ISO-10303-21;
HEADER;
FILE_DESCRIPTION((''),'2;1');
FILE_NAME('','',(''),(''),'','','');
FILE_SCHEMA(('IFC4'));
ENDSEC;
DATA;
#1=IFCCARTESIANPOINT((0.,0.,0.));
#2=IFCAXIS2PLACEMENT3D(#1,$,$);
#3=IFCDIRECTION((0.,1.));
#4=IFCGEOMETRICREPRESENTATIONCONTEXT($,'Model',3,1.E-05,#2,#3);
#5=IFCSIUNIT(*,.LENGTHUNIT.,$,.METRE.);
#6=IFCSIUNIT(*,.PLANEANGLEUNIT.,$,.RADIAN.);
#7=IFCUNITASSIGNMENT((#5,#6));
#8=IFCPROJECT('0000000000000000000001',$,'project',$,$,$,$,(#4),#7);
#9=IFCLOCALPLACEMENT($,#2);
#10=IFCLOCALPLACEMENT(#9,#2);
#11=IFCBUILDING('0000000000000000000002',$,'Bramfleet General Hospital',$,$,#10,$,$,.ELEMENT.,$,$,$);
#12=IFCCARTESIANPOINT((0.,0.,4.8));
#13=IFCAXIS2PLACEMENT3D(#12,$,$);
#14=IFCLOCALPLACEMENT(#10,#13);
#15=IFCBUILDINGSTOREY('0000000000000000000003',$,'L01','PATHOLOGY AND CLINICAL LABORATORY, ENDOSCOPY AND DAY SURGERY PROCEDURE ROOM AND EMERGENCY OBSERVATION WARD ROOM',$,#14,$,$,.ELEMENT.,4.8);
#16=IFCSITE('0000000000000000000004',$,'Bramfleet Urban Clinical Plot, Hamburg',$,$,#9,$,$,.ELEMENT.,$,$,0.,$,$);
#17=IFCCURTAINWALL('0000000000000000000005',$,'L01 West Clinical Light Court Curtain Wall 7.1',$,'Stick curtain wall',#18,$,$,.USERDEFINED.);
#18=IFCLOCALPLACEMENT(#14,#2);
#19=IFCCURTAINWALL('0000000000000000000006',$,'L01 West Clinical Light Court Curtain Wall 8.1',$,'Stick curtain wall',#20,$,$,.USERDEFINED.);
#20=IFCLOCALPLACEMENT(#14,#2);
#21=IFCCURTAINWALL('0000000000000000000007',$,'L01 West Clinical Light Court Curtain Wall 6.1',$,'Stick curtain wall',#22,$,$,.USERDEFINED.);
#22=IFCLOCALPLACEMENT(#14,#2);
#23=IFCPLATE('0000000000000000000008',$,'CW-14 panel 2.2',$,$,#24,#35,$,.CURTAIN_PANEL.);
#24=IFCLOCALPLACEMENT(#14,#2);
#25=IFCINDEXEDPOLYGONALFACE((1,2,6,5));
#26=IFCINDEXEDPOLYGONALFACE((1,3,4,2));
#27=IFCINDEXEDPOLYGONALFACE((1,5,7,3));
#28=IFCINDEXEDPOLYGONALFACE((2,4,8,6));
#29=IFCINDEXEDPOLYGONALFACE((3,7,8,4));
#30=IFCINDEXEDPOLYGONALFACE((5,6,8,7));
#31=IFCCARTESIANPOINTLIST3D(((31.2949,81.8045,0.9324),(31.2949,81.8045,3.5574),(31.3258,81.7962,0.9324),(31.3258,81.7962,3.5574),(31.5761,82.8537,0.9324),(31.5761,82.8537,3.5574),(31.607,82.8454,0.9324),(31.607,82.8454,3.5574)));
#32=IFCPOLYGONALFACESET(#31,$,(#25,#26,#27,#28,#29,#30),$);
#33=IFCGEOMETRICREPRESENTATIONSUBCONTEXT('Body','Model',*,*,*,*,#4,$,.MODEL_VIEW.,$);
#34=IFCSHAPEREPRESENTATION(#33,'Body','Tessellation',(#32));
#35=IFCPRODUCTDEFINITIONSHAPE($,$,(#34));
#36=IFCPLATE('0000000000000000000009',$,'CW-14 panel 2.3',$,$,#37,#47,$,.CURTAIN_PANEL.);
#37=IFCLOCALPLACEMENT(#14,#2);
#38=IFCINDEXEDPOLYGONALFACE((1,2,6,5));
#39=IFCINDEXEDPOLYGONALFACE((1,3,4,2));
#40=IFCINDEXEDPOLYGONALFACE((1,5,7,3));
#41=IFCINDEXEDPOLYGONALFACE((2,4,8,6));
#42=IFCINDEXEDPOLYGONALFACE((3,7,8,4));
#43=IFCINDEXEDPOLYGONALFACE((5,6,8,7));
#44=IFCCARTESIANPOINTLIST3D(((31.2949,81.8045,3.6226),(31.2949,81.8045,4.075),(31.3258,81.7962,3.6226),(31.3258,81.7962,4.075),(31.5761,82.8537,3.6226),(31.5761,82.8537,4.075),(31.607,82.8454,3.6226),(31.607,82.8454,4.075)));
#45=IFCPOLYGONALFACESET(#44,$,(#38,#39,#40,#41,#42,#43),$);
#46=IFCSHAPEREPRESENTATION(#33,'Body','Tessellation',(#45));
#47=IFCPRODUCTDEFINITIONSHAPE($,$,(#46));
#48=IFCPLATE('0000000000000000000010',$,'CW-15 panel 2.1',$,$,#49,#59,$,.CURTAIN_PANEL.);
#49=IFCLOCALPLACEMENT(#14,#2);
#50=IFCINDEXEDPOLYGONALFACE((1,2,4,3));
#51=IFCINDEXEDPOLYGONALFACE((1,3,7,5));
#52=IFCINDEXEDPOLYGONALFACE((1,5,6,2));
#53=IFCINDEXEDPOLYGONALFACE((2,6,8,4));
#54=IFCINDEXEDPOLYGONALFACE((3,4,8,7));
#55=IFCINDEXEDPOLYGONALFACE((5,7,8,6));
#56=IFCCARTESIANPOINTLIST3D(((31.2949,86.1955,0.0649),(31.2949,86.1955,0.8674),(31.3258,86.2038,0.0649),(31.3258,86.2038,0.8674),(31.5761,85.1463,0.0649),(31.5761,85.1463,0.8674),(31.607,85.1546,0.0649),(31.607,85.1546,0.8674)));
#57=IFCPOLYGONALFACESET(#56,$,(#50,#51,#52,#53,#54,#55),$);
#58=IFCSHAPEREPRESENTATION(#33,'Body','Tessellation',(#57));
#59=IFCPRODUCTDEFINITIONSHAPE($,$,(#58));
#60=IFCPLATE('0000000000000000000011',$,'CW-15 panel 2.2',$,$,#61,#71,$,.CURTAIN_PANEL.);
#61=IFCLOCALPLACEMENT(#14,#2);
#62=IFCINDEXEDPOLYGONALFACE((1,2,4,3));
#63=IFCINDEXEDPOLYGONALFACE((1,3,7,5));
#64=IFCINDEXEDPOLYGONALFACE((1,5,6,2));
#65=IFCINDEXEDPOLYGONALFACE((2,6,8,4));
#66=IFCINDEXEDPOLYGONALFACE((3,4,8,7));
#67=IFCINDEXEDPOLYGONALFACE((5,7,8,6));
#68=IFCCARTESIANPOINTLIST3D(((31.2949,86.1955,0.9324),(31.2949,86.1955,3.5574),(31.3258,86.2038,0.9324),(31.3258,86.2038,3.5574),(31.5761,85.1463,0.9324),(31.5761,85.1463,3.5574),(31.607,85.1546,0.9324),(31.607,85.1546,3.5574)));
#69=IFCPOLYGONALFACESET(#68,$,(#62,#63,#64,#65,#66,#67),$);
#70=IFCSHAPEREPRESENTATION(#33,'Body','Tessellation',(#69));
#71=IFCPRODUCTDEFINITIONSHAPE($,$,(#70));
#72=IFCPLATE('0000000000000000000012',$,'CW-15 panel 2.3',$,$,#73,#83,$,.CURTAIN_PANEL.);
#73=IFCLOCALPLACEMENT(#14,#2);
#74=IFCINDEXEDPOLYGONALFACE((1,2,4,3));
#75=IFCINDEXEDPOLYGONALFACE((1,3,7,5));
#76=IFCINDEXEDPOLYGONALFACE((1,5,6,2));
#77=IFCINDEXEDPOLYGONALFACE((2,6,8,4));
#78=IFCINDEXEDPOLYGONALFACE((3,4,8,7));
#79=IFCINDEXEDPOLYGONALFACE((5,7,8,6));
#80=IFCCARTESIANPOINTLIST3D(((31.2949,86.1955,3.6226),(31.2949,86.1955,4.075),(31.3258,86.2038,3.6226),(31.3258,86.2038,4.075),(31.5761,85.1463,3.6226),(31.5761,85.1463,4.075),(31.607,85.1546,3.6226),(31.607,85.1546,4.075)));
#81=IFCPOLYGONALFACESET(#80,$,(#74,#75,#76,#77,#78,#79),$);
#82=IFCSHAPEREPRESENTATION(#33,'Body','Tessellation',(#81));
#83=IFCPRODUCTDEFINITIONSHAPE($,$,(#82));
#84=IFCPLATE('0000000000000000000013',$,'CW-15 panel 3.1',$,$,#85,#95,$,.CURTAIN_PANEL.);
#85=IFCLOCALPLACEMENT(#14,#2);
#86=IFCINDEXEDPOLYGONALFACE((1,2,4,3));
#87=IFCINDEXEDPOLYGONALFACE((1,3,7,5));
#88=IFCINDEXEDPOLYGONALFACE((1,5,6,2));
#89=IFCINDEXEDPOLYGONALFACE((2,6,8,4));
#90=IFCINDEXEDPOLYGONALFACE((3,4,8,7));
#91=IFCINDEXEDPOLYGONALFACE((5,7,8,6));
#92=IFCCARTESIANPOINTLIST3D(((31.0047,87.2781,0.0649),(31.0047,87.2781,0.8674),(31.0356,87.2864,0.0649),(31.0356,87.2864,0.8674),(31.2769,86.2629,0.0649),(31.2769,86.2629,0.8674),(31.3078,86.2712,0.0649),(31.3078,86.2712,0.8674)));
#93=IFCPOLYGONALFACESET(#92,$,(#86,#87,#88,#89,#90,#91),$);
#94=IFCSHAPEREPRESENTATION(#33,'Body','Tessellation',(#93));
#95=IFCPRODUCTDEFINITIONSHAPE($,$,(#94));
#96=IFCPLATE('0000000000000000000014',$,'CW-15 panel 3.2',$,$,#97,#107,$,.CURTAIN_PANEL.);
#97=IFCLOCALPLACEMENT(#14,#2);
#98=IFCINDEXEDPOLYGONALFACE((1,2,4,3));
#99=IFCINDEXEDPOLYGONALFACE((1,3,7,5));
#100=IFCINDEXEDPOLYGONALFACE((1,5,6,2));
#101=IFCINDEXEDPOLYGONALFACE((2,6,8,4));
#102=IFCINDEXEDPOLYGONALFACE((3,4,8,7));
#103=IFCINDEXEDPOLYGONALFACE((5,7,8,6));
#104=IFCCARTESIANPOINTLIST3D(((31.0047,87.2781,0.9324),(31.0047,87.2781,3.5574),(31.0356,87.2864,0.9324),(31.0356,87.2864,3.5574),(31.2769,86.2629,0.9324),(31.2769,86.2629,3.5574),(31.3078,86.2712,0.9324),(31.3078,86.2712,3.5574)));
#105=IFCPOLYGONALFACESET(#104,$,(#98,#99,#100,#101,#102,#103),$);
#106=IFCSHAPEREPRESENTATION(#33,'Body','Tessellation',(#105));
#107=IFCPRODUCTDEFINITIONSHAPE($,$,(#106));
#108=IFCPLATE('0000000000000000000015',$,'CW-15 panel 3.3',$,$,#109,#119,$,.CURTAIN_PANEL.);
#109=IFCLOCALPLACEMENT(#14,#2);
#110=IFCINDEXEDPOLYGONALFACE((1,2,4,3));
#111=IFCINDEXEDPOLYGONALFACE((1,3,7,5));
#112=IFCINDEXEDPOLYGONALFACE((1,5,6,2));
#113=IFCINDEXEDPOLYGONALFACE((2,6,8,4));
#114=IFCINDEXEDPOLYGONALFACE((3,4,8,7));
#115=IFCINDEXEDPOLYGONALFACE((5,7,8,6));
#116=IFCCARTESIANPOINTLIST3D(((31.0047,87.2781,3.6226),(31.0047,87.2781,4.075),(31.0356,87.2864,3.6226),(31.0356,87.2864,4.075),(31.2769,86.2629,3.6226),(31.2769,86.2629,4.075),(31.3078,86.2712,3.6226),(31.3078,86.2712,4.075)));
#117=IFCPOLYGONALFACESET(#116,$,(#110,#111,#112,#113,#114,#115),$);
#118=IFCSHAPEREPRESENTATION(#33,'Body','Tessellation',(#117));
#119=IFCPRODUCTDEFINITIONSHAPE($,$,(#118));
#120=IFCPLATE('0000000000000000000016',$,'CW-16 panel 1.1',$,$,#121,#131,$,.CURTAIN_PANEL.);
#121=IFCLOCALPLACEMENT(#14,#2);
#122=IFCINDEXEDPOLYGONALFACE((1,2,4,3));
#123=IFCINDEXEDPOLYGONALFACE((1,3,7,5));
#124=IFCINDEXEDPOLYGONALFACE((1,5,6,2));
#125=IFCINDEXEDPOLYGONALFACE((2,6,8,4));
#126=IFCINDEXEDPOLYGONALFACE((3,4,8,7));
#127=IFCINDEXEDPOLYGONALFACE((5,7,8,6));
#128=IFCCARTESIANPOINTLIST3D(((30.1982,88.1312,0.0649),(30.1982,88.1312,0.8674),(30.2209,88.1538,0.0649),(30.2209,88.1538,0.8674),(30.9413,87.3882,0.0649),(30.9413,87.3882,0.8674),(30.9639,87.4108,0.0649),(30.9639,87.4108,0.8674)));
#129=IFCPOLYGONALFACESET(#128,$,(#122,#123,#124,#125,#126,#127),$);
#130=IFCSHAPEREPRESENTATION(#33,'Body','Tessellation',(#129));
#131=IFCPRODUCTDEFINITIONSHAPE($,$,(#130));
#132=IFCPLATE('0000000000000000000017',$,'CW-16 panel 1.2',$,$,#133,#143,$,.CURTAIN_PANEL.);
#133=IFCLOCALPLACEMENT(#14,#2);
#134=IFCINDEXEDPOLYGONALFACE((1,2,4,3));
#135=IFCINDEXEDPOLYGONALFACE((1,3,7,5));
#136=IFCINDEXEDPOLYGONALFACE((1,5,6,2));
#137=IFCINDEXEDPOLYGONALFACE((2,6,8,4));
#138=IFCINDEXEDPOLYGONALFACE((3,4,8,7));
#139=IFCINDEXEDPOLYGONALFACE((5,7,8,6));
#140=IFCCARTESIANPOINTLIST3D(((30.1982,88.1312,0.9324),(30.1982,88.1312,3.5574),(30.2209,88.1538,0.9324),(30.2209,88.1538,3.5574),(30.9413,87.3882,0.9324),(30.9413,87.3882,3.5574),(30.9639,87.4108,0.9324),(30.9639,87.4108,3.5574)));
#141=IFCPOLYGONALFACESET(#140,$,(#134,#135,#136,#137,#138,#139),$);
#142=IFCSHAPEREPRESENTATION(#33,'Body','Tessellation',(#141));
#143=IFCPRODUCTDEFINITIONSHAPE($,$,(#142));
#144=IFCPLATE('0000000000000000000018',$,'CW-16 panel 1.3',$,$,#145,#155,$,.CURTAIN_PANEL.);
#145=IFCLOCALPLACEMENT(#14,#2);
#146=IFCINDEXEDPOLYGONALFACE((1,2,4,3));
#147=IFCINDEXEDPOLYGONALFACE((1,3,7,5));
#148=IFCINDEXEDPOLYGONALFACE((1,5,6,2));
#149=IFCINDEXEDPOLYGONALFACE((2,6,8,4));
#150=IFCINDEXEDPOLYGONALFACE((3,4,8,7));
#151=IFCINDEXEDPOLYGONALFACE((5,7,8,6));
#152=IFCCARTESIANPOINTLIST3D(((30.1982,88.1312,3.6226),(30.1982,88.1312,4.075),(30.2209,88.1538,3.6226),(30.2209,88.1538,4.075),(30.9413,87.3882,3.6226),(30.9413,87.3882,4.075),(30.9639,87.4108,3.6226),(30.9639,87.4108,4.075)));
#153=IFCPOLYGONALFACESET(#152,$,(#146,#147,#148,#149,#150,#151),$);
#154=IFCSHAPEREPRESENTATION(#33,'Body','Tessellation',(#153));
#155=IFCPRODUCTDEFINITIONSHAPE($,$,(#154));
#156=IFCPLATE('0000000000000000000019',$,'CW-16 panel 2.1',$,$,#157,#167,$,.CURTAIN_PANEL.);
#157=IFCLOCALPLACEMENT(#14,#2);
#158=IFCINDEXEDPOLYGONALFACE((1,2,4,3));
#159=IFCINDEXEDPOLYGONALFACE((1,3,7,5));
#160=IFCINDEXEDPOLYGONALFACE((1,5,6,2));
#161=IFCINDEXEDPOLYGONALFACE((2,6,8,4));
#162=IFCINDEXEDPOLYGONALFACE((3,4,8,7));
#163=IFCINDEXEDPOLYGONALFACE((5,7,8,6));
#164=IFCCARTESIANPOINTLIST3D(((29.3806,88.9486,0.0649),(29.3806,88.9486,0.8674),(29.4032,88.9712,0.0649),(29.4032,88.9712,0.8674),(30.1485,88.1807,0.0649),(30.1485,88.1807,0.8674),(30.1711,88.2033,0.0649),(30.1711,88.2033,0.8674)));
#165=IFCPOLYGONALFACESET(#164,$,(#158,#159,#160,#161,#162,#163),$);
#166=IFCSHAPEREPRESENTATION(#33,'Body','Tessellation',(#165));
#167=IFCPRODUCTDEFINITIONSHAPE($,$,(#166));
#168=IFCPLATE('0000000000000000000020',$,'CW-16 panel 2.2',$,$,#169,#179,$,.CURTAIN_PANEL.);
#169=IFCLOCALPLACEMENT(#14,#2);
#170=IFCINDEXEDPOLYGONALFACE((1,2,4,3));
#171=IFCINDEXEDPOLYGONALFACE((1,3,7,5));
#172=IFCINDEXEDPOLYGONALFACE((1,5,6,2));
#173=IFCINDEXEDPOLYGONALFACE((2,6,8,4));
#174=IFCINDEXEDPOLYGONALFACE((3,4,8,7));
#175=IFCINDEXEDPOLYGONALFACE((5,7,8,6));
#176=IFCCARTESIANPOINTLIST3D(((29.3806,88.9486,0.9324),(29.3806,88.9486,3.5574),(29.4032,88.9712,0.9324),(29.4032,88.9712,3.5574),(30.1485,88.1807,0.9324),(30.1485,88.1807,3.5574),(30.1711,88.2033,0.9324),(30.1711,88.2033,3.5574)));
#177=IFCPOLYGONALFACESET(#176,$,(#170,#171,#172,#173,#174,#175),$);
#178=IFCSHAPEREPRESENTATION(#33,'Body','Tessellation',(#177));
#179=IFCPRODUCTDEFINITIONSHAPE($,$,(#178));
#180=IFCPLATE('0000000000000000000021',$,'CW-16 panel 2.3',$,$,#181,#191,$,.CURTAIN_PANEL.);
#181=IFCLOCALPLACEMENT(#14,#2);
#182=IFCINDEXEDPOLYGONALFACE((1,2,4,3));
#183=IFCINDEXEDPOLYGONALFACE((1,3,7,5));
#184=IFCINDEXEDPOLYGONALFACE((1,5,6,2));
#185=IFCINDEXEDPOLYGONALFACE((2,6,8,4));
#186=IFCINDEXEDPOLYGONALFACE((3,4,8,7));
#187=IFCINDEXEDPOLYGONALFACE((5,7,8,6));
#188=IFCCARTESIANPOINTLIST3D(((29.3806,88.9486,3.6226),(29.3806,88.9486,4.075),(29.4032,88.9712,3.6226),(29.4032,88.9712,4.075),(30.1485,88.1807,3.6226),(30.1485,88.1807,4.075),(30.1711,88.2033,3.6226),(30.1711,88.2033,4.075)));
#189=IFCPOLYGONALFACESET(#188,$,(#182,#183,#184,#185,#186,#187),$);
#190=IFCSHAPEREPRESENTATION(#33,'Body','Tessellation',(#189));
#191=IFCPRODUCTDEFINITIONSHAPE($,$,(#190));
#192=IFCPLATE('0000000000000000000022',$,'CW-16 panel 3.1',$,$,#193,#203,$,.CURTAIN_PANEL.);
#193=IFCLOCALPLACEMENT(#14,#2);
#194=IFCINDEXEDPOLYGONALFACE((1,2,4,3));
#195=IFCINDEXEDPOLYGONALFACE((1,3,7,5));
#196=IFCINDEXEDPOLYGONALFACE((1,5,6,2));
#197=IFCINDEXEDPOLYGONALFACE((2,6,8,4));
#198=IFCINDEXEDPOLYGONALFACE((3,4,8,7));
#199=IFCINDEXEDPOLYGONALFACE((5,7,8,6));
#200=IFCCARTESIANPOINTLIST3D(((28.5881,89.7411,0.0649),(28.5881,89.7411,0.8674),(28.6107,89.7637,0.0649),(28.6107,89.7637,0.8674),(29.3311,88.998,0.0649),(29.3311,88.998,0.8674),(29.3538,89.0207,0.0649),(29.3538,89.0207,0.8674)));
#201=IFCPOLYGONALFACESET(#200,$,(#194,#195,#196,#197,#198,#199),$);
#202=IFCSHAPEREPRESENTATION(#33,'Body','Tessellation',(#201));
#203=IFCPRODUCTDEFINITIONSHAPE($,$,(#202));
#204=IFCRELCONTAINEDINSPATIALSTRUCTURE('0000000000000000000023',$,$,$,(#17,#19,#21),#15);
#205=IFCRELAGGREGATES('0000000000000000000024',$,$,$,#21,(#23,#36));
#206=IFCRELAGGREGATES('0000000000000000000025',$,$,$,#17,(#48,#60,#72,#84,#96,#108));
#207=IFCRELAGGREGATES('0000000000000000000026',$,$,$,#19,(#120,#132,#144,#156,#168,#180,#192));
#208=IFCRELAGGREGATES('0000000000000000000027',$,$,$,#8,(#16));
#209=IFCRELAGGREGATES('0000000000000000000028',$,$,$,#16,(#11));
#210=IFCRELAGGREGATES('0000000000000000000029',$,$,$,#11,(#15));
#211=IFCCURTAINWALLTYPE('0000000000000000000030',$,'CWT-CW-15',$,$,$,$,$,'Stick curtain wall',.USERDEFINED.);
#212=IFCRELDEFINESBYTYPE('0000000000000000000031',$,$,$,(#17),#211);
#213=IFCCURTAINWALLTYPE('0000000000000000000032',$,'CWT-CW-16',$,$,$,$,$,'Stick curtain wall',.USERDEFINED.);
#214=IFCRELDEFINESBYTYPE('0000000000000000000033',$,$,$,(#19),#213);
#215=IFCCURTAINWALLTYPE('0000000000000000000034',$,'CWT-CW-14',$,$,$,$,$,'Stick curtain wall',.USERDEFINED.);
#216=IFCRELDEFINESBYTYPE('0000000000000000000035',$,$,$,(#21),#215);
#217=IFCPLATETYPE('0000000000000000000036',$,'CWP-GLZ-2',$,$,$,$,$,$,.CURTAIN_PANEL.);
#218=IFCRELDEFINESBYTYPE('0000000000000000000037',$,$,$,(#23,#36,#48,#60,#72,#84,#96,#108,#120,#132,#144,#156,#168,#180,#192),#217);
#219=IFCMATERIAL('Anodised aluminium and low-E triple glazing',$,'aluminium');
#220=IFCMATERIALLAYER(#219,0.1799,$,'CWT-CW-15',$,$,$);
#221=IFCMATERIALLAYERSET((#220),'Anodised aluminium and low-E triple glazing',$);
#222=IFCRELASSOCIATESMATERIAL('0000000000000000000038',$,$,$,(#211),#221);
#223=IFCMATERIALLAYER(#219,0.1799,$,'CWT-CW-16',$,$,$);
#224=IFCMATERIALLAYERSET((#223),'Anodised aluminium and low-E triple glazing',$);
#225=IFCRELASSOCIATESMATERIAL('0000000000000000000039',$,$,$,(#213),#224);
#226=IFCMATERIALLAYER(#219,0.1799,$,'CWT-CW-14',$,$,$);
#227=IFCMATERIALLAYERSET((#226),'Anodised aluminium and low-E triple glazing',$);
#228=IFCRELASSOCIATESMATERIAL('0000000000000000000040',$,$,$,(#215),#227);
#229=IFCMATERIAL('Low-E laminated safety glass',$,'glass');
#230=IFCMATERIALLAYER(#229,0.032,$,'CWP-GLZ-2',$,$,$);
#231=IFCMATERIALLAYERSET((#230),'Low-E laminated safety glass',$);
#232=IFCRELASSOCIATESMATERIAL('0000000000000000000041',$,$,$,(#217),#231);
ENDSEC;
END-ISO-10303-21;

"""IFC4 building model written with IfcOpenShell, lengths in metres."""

from ifc_helpers import new_model, si_unit, direction, frame, origin, origin_2d, place, context, subcontext, project, spatial, rectangle, extrude, material, layer, layer_set, type_object, element, aggregate, save


model = new_model("IFC4")

# Units and contexts
model_context = context("Model", 3, precision=1e-05, world=origin(), true_north=direction((0.0, 1.0)))
body_context = subcontext(model_context, "Body", "Model", "MODEL_VIEW")
ifc_project = project(units=[si_unit("LENGTHUNIT", "METRE"), si_unit("PLANEANGLEUNIT", "RADIAN")], contexts=[model_context])

# Site, building, storey
site_placement = place(None, origin())
site = spatial("IfcSite", under=ifc_project, at=site_placement, Name="Bramfleet Urban Clinical Plot, Hamburg", CompositionType="ELEMENT", RefElevation=0.0)
building_placement = place(site_placement, origin())
building = spatial("IfcBuilding", under=site, at=building_placement, Name="Bramfleet General Hospital", CompositionType="ELEMENT")
storey_placement = place(building_placement, frame((0.0, 0.0, 4.8)))
storey = spatial("IfcBuildingStorey", under=building, at=storey_placement, Name="L01", Description="PATHOLOGY AND CLINICAL LABORATORY, ENDOSCOPY AND DAY SURGERY PROCEDURE ROOM AND EMERGENCY OBSERVATION WARD ROOM", CompositionType="ELEMENT", Elevation=4.8)

# Curtain walls
ifc_material_1 = material(Name="Anodised aluminium and low-E triple glazing", Category="aluminium")
ifc_layer_1 = layer(ifc_material_1, 0.1799, Name="CWT-CW-15")
ifc_layer_set_1 = layer_set([ifc_layer_1], Name="Anodised aluminium and low-E triple glazing")
curtain_wall_type_1 = type_object("IfcCurtainWallType", Name="CWT-CW-15", ElementType="Stick curtain wall", PredefinedType="USERDEFINED", material=ifc_layer_set_1)
curtain_wall_1_placement = place(storey_placement, origin())
curtain_wall_1 = element("IfcCurtainWall", 1, at=curtain_wall_1_placement, inside=storey, type_object=curtain_wall_type_1, Name="L01 West Clinical Light Court Curtain Wall 7.1", ObjectType="Stick curtain wall", PredefinedType="USERDEFINED")
ifc_layer_2 = layer(ifc_material_1, 0.1799, Name="CWT-CW-16")
ifc_layer_set_2 = layer_set([ifc_layer_2], Name="Anodised aluminium and low-E triple glazing")
curtain_wall_type_2 = type_object("IfcCurtainWallType", Name="CWT-CW-16", ElementType="Stick curtain wall", PredefinedType="USERDEFINED", material=ifc_layer_set_2)
curtain_wall_2_placement = place(storey_placement, origin())
curtain_wall_2 = element("IfcCurtainWall", 2, at=curtain_wall_2_placement, inside=storey, type_object=curtain_wall_type_2, Name="L01 West Clinical Light Court Curtain Wall 8.1", ObjectType="Stick curtain wall", PredefinedType="USERDEFINED")

# Curtain wall, plates
ifc_layer_3 = layer(ifc_material_1, 0.1799, Name="CWT-CW-14")
ifc_layer_set_3 = layer_set([ifc_layer_3], Name="Anodised aluminium and low-E triple glazing")
curtain_wall_type_3 = type_object("IfcCurtainWallType", Name="CWT-CW-14", ElementType="Stick curtain wall", PredefinedType="USERDEFINED", material=ifc_layer_set_3)
curtain_wall_3_placement = place(storey_placement, origin())
curtain_wall_3 = element("IfcCurtainWall", 3, at=curtain_wall_3_placement, inside=storey, type_object=curtain_wall_type_3, Name="L01 West Clinical Light Court Curtain Wall 6.1", ObjectType="Stick curtain wall", PredefinedType="USERDEFINED")
ifc_material_2 = material(Name="Low-E laminated safety glass", Category="glass")
ifc_layer_4 = layer(ifc_material_2, 0.032, Name="CWP-GLZ-2")
ifc_layer_set_4 = layer_set([ifc_layer_4], Name="Low-E laminated safety glass")
plate_type = type_object("IfcPlateType", Name="CWP-GLZ-2", PredefinedType="CURTAIN_PANEL", material=ifc_layer_set_4)
plate_1_placement = place(storey_placement, frame((31.4509, 82.325, 0.9324), z_axis=(0.0, 0.0, 1.0), x_axis=(0.258919, 0.965899, 0.0)))
plate_1 = element("IfcPlate", 4, at=plate_1_placement, type_object=plate_type, Name="CW-14 panel 2.2", PredefinedType="CURTAIN_PANEL", context=body_context, shape_type="SweptSolid", body=[
    extrude(rectangle(XDim=1.0862, YDim=0.032, at=origin_2d()), origin(), (0.0, 0.0, 1.0), 2.625),
])
plate_2_placement = place(storey_placement, frame((31.4509, 82.325, 3.6226), z_axis=(0.0, 0.0, 1.0), x_axis=(0.258919, 0.965899, 0.0)))
plate_2 = element("IfcPlate", 5, at=plate_2_placement, type_object=plate_type, Name="CW-14 panel 2.3", PredefinedType="CURTAIN_PANEL", context=body_context, shape_type="SweptSolid", body=[
    extrude(rectangle(XDim=1.0862, YDim=0.032, at=origin_2d()), origin(), (0.0, 0.0, 1.0), 0.4524),
])
aggregate(curtain_wall_3, [plate_1, plate_2])

# Plates
plate_3_placement = place(storey_placement, frame((31.4509, 85.675, 0.0649), z_axis=(0.0, 0.0, 1.0), x_axis=(-0.258919, 0.965899, 0.0)))
plate_3 = element("IfcPlate", 6, at=plate_3_placement, type_object=plate_type, Name="CW-15 panel 2.1", PredefinedType="CURTAIN_PANEL", context=body_context, shape_type="SweptSolid", body=[
    extrude(rectangle(XDim=1.0862, YDim=0.032, at=origin_2d()), origin(), (0.0, 0.0, 1.0), 0.8025),
])
plate_4_placement = place(storey_placement, frame((31.4509, 85.675, 0.9324), z_axis=(0.0, 0.0, 1.0), x_axis=(-0.258919, 0.965899, 0.0)))
plate_4 = element("IfcPlate", 7, at=plate_4_placement, type_object=plate_type, Name="CW-15 panel 2.2", PredefinedType="CURTAIN_PANEL", context=body_context, shape_type="SweptSolid", body=[
    extrude(rectangle(XDim=1.0862, YDim=0.032, at=origin_2d()), origin(), (0.0, 0.0, 1.0), 2.625),
])
plate_5_placement = place(storey_placement, frame((31.4509, 85.675, 3.6226), z_axis=(0.0, 0.0, 1.0), x_axis=(-0.258919, 0.965899, 0.0)))
plate_5 = element("IfcPlate", 8, at=plate_5_placement, type_object=plate_type, Name="CW-15 panel 2.3", PredefinedType="CURTAIN_PANEL", context=body_context, shape_type="SweptSolid", body=[
    extrude(rectangle(XDim=1.0862, YDim=0.032, at=origin_2d()), origin(), (0.0, 0.0, 1.0), 0.4524),
])
plate_6_placement = place(storey_placement, frame((31.1562, 86.7747, 0.0649), z_axis=(0.0, 0.0, 1.0), x_axis=(-0.258919, 0.965899, 0.0)))
plate_6 = element("IfcPlate", 9, at=plate_6_placement, type_object=plate_type, Name="CW-15 panel 3.1", PredefinedType="CURTAIN_PANEL", context=body_context, shape_type="SweptSolid", body=[
    extrude(rectangle(XDim=1.051, YDim=0.032, at=origin_2d()), origin(), (0.0, 0.0, 1.0), 0.8025),
])
plate_7_placement = place(storey_placement, frame((31.1562, 86.7747, 0.9324), z_axis=(0.0, 0.0, 1.0), x_axis=(-0.258919, 0.965899, 0.0)))
plate_7 = element("IfcPlate", 10, at=plate_7_placement, type_object=plate_type, Name="CW-15 panel 3.2", PredefinedType="CURTAIN_PANEL", context=body_context, shape_type="SweptSolid", body=[
    extrude(rectangle(XDim=1.051, YDim=0.032, at=origin_2d()), origin(), (0.0, 0.0, 1.0), 2.625),
])
plate_8_placement = place(storey_placement, frame((31.1562, 86.7747, 3.6226), z_axis=(0.0, 0.0, 1.0), x_axis=(-0.258919, 0.965899, 0.0)))
plate_8 = element("IfcPlate", 11, at=plate_8_placement, type_object=plate_type, Name="CW-15 panel 3.3", PredefinedType="CURTAIN_PANEL", context=body_context, shape_type="SweptSolid", body=[
    extrude(rectangle(XDim=1.051, YDim=0.032, at=origin_2d()), origin(), (0.0, 0.0, 1.0), 0.4524),
])
aggregate(curtain_wall_1, [plate_3, plate_4, plate_5, plate_6, plate_7, plate_8])
plate_9_placement = place(storey_placement, frame((30.5811, 87.771, 0.0649), z_axis=(0.0, 0.0, 1.0), x_axis=(-0.707107, 0.707107, 0.0)))
plate_9 = element("IfcPlate", 12, at=plate_9_placement, type_object=plate_type, Name="CW-16 panel 1.1", PredefinedType="CURTAIN_PANEL", context=body_context, shape_type="SweptSolid", body=[
    extrude(rectangle(XDim=1.0508, YDim=0.032, at=origin_2d()), origin(), (0.0, 0.0, 1.0), 0.8025),
])
plate_10_placement = place(storey_placement, frame((30.5811, 87.771, 0.9324), z_axis=(0.0, 0.0, 1.0), x_axis=(-0.707107, 0.707107, 0.0)))
plate_10 = element("IfcPlate", 13, at=plate_10_placement, type_object=plate_type, Name="CW-16 panel 1.2", PredefinedType="CURTAIN_PANEL", context=body_context, shape_type="SweptSolid", body=[
    extrude(rectangle(XDim=1.0508, YDim=0.032, at=origin_2d()), origin(), (0.0, 0.0, 1.0), 2.625),
])
plate_11_placement = place(storey_placement, frame((30.5811, 87.771, 3.6226), z_axis=(0.0, 0.0, 1.0), x_axis=(-0.707107, 0.707107, 0.0)))
plate_11 = element("IfcPlate", 14, at=plate_11_placement, type_object=plate_type, Name="CW-16 panel 1.3", PredefinedType="CURTAIN_PANEL", context=body_context, shape_type="SweptSolid", body=[
    extrude(rectangle(XDim=1.0508, YDim=0.032, at=origin_2d()), origin(), (0.0, 0.0, 1.0), 0.4524),
])
plate_12_placement = place(storey_placement, frame((29.7759, 88.5759, 0.0649), z_axis=(0.0, 0.0, 1.0), x_axis=(-0.707107, 0.707107, 0.0)))
plate_12 = element("IfcPlate", 15, at=plate_12_placement, type_object=plate_type, Name="CW-16 panel 2.1", PredefinedType="CURTAIN_PANEL", context=body_context, shape_type="SweptSolid", body=[
    extrude(rectangle(XDim=1.0859, YDim=0.032, at=origin_2d()), origin(), (0.0, 0.0, 1.0), 0.8025),
])
plate_13_placement = place(storey_placement, frame((29.7759, 88.5759, 0.9324), z_axis=(0.0, 0.0, 1.0), x_axis=(-0.707107, 0.707107, 0.0)))
plate_13 = element("IfcPlate", 16, at=plate_13_placement, type_object=plate_type, Name="CW-16 panel 2.2", PredefinedType="CURTAIN_PANEL", context=body_context, shape_type="SweptSolid", body=[
    extrude(rectangle(XDim=1.0859, YDim=0.032, at=origin_2d()), origin(), (0.0, 0.0, 1.0), 2.625),
])
plate_14_placement = place(storey_placement, frame((29.7759, 88.5759, 3.6226), z_axis=(0.0, 0.0, 1.0), x_axis=(-0.707107, 0.707107, 0.0)))
plate_14 = element("IfcPlate", 17, at=plate_14_placement, type_object=plate_type, Name="CW-16 panel 2.3", PredefinedType="CURTAIN_PANEL", context=body_context, shape_type="SweptSolid", body=[
    extrude(rectangle(XDim=1.0859, YDim=0.032, at=origin_2d()), origin(), (0.0, 0.0, 1.0), 0.4524),
])
plate_15_placement = place(storey_placement, frame((28.9709, 89.3809, 0.0649), z_axis=(0.0, 0.0, 1.0), x_axis=(-0.707107, 0.707107, 0.0)))
plate_15 = element("IfcPlate", 18, at=plate_15_placement, type_object=plate_type, Name="CW-16 panel 3.1", PredefinedType="CURTAIN_PANEL", context=body_context, shape_type="SweptSolid", body=[
    extrude(rectangle(XDim=1.0508, YDim=0.032, at=origin_2d()), origin(), (0.0, 0.0, 1.0), 0.8025),
])
aggregate(curtain_wall_2, [plate_9, plate_10, plate_11, plate_12, plate_13, plate_14, plate_15])

save(model, "model.ifc")
